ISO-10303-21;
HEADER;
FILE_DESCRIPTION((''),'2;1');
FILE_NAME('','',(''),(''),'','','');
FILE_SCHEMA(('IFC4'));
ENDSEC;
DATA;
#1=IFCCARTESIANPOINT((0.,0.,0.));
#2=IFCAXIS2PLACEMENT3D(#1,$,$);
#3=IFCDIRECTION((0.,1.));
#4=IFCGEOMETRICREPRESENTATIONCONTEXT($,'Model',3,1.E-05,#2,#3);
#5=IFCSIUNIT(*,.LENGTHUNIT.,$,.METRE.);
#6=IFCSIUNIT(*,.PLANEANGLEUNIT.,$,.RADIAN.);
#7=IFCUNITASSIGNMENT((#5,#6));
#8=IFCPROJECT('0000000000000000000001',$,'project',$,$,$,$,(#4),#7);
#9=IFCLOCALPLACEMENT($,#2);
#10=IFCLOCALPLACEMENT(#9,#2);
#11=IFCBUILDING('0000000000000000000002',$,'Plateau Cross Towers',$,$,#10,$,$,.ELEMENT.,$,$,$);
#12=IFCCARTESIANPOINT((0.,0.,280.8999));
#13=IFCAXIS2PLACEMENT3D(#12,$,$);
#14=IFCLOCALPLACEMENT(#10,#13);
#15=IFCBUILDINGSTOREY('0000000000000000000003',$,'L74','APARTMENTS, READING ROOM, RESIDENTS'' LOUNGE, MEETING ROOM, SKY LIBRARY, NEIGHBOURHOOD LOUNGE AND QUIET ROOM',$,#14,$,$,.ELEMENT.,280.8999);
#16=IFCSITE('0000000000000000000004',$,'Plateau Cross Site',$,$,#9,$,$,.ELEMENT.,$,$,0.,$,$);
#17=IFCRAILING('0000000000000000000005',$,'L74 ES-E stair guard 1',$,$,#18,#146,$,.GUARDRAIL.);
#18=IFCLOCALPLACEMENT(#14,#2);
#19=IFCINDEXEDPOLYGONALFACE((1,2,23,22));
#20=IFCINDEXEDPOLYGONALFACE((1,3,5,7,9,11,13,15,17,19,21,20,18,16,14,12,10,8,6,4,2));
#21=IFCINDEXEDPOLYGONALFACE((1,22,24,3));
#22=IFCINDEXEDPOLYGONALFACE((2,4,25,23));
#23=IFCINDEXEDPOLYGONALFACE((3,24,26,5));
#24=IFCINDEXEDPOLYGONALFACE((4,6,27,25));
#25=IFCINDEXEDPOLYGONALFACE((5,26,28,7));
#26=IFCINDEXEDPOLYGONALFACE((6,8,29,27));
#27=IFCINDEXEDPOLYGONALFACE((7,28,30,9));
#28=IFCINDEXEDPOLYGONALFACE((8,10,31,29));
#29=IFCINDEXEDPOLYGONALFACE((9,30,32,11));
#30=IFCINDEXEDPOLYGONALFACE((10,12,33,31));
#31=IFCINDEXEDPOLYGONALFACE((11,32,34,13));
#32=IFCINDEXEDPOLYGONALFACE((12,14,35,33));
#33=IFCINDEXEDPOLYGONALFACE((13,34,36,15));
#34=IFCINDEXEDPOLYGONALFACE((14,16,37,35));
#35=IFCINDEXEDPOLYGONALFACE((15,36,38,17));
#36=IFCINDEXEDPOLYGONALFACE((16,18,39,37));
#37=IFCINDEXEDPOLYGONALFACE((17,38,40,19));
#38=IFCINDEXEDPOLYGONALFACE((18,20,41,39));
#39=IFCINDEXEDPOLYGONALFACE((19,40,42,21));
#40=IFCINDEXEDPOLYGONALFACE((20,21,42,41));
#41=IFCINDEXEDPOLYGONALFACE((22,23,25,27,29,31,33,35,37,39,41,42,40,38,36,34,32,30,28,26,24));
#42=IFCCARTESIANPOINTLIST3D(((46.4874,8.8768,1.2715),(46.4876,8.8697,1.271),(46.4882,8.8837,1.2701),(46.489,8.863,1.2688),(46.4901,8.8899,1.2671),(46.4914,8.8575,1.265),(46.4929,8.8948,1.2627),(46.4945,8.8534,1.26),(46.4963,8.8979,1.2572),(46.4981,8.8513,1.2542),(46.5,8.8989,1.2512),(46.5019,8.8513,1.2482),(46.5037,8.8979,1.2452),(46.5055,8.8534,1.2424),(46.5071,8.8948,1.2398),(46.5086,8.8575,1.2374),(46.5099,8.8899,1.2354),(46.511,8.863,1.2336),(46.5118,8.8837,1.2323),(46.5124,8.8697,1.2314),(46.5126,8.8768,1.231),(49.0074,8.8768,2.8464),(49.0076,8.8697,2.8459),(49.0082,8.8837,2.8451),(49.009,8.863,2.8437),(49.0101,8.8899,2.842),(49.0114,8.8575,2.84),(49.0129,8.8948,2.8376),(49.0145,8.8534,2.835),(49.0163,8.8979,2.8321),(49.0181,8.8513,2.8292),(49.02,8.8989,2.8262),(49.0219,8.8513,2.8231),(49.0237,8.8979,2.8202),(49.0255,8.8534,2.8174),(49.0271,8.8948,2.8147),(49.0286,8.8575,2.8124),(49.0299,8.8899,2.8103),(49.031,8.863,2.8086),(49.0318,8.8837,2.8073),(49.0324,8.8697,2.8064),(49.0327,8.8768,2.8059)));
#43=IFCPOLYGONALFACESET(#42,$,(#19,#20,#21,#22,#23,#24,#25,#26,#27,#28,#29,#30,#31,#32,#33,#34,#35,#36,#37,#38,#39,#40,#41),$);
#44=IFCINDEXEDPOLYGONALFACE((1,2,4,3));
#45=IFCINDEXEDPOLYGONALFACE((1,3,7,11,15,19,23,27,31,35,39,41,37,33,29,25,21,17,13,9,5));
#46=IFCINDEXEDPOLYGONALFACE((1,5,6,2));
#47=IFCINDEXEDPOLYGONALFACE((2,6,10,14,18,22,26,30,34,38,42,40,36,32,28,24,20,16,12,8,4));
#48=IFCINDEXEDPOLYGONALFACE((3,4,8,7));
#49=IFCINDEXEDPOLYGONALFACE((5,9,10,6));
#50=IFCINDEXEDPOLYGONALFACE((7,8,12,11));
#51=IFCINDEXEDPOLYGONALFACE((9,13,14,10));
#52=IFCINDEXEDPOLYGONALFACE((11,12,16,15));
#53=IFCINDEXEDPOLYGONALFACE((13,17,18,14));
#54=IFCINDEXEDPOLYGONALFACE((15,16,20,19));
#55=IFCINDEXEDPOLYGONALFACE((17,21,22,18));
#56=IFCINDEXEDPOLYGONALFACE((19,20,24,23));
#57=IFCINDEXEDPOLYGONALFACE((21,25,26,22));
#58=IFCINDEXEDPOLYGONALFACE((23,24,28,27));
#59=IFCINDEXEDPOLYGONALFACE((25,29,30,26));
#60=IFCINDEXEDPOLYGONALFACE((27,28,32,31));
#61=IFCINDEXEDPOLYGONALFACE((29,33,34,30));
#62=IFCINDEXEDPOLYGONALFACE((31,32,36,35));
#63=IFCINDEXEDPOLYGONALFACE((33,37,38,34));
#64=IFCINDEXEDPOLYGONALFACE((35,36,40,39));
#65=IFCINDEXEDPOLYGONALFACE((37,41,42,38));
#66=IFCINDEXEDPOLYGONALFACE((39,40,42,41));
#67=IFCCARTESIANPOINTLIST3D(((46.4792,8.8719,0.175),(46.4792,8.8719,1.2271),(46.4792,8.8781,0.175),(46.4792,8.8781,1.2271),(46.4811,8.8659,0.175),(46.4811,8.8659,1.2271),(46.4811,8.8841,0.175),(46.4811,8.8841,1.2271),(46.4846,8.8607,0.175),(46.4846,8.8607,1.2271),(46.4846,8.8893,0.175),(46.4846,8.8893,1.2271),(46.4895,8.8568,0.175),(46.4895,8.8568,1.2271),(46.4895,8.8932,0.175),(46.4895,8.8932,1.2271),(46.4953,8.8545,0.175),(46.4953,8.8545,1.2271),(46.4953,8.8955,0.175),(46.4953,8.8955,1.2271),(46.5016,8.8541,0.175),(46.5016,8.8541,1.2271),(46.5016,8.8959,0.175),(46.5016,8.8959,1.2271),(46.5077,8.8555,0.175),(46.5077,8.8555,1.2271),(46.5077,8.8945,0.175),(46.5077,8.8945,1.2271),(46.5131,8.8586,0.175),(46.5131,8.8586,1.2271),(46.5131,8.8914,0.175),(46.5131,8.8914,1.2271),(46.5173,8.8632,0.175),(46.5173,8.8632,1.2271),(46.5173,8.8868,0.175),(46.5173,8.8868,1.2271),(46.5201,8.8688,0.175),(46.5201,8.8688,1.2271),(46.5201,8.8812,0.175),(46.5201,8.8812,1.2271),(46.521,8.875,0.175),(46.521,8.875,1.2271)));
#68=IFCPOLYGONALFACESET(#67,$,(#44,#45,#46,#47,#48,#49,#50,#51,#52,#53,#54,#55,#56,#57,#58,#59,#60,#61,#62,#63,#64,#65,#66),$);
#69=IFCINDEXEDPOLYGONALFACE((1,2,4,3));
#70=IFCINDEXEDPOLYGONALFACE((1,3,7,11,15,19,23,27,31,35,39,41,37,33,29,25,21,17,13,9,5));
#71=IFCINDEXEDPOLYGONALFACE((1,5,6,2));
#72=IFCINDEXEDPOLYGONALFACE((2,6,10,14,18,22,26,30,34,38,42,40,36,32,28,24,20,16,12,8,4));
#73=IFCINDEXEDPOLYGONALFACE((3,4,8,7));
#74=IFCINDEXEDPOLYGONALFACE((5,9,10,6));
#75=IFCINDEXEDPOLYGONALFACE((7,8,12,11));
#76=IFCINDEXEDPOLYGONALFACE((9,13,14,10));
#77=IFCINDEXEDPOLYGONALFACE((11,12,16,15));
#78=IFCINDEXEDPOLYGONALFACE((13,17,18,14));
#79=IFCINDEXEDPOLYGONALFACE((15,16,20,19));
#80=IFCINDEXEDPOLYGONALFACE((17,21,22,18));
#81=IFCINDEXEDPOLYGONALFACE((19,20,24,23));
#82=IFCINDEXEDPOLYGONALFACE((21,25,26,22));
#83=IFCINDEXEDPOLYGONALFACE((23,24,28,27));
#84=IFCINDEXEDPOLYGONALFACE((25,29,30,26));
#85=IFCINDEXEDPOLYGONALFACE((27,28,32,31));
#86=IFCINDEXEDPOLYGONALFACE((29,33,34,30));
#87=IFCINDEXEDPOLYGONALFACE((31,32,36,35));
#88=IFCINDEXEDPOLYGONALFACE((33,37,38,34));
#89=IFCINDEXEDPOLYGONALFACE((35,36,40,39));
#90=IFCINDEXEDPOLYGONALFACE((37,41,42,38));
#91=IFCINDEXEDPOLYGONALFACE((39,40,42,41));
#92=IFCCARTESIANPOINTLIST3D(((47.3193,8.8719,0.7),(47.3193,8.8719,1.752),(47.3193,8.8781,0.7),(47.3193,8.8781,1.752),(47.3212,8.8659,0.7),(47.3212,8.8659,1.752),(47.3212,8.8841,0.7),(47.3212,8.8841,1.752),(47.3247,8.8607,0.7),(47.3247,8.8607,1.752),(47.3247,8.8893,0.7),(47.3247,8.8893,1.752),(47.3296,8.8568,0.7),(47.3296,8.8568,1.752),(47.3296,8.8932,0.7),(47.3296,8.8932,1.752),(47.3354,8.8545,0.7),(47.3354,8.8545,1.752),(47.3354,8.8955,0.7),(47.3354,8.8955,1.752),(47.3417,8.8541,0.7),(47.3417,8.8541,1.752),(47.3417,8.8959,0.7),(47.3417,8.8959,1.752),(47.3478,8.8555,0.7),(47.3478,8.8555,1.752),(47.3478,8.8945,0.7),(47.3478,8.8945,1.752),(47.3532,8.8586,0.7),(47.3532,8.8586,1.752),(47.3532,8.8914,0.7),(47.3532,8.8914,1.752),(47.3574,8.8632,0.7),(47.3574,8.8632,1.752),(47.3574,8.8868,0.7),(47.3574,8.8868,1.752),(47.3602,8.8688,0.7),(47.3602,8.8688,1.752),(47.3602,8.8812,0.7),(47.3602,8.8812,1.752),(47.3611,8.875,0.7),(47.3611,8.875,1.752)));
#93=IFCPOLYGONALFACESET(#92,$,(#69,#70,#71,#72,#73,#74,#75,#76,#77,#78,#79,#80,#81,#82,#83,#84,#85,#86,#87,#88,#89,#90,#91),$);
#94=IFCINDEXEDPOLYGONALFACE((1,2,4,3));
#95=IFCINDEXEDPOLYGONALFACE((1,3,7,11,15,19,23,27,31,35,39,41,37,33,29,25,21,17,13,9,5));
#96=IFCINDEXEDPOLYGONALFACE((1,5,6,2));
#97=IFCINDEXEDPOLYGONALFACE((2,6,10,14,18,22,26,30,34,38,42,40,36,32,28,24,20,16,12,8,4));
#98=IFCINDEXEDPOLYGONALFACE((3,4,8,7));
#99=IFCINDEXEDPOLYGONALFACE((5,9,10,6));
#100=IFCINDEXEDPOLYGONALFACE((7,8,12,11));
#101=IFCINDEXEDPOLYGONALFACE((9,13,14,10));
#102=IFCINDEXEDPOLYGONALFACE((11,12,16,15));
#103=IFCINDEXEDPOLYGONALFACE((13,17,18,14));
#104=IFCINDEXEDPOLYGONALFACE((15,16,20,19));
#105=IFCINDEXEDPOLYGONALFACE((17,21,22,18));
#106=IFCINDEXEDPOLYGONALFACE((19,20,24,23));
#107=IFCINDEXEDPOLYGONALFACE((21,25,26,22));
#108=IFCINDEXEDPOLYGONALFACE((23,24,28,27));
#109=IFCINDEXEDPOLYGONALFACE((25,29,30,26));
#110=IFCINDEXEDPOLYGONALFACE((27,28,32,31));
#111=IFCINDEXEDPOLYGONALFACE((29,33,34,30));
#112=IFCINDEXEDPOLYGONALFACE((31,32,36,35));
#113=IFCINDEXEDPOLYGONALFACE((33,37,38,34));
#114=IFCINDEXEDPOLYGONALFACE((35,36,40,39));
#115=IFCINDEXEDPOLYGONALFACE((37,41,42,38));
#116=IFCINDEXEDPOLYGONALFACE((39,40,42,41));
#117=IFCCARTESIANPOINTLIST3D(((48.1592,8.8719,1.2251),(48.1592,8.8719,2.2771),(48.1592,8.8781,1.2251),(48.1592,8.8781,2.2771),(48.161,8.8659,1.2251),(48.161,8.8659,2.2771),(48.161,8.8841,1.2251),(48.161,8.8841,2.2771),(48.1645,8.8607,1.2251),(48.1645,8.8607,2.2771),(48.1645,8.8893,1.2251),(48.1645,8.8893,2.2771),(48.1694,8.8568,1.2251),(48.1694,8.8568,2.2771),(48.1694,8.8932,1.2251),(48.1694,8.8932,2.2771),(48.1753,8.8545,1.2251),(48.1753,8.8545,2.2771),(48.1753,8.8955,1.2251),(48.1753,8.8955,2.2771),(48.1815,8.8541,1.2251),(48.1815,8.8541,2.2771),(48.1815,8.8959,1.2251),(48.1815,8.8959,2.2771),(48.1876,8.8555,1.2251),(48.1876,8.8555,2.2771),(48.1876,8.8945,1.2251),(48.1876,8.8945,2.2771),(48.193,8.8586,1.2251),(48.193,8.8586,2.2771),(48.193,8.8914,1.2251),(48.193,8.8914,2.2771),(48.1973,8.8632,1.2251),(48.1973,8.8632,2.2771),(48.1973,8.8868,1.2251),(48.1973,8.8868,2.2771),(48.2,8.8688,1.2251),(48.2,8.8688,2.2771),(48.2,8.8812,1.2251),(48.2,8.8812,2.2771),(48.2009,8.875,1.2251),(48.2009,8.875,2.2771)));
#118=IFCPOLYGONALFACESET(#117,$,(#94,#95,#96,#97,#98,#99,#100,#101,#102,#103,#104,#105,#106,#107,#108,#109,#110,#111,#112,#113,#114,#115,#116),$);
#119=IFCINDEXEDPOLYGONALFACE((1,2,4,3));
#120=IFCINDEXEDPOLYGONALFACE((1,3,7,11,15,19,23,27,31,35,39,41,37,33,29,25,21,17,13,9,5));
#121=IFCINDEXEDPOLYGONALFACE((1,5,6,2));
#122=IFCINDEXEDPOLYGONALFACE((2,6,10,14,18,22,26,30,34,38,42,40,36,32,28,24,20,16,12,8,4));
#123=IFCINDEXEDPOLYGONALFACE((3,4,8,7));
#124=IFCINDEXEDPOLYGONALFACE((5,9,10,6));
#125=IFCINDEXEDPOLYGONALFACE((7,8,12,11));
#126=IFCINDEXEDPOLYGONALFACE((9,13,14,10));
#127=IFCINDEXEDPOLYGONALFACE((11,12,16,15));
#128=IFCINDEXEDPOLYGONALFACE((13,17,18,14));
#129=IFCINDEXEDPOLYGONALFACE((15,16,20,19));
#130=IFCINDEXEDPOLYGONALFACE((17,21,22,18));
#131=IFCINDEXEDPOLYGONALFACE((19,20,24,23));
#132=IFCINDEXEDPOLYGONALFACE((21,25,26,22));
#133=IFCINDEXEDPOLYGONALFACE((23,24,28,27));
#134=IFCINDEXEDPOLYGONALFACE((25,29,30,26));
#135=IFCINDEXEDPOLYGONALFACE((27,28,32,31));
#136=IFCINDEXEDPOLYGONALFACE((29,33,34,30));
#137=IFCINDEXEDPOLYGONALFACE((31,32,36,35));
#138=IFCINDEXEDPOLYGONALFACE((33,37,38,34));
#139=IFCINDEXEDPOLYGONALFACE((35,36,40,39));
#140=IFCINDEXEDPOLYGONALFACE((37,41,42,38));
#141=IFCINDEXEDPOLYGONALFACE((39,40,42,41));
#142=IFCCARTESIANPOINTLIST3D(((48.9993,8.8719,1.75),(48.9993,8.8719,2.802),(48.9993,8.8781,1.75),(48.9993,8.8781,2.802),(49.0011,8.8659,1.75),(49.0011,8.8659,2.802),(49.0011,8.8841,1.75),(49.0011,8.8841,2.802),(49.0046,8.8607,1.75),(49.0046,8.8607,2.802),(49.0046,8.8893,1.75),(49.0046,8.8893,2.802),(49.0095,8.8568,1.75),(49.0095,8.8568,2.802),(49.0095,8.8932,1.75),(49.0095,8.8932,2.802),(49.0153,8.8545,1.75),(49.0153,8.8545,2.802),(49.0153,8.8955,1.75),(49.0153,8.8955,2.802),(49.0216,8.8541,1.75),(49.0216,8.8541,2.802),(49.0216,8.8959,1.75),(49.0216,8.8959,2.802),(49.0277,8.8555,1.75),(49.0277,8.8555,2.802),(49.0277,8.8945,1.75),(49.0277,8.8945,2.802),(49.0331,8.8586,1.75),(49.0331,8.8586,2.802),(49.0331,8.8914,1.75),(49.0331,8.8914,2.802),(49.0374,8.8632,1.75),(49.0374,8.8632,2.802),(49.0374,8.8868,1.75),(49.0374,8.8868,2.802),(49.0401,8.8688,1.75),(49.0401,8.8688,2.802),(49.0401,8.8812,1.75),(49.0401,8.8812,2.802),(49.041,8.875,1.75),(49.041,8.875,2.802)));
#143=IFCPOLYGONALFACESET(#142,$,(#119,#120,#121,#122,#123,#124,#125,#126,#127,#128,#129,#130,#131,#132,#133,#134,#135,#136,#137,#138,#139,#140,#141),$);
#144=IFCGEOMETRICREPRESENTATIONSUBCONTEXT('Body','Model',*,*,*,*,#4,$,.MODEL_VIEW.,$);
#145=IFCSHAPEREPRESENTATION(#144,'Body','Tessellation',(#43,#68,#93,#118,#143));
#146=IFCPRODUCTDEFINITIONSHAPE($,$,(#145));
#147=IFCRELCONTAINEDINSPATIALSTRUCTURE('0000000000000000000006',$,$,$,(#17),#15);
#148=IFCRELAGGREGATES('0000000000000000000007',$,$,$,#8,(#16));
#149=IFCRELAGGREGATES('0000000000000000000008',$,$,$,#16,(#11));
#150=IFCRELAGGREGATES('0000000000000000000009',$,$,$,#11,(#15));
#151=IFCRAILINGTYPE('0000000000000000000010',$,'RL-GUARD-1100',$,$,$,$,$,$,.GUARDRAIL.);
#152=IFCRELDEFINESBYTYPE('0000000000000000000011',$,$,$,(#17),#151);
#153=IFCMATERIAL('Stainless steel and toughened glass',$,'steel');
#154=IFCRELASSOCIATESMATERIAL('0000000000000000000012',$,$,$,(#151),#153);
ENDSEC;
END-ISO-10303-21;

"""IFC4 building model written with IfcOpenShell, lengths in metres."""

from ifc_helpers import new_model, si_unit, direction, frame, origin, origin_2d, place, context, subcontext, project, spatial, circle, extrude, material, type_object, element, save


model = new_model("IFC4")

# Units and contexts
model_context = context("Model", 3, precision=1e-05, world=origin(), true_north=direction((0.0, 1.0)))
body_context = subcontext(model_context, "Body", "Model", "MODEL_VIEW")
ifc_project = project(units=[si_unit("LENGTHUNIT", "METRE"), si_unit("PLANEANGLEUNIT", "RADIAN")], contexts=[model_context])

# Site, building, storey
site_placement = place(None, origin())
site = spatial("IfcSite", under=ifc_project, at=site_placement, Name="Plateau Cross Site", CompositionType="ELEMENT", RefElevation=0.0)
building_placement = place(site_placement, origin())
building = spatial("IfcBuilding", under=site, at=building_placement, Name="Plateau Cross Towers", CompositionType="ELEMENT")
storey_placement = place(building_placement, frame((0.0, 0.0, 280.8999)))
storey = spatial("IfcBuildingStorey", under=building, at=storey_placement, Name="L74", Description="APARTMENTS, READING ROOM, RESIDENTS' LOUNGE, MEETING ROOM, SKY LIBRARY, NEIGHBOURHOOD LOUNGE AND QUIET ROOM", CompositionType="ELEMENT", Elevation=280.8999)

# Railing
ifc_material_1 = material(Name="Stainless steel and toughened glass", Category="steel")
railing_type_1 = type_object("IfcRailingType", Name="RL-GUARD-1100", PredefinedType="GUARDRAIL", material=ifc_material_1)
railing_1_placement = place(storey_placement, frame((46.5, 8.875, 0.175)))
element("IfcRailing", 1, at=railing_1_placement, inside=storey, type_object=railing_type_1, Name="L74 ES-E stair guard 1", PredefinedType="GUARDRAIL", context=body_context, shape_type="SweptSolid", body=[
    extrude(circle(Radius=0.0239, at=origin_2d()), frame((0.0, 0.0, 1.0762), z_axis=(0.848008, 0.0, 0.529984), x_axis=(0.0, 1.0, 0.0)), (0.0, 0.0, 1.0), 2.9717),
    extrude(circle(Radius=0.021, at=origin_2d()), origin(), (0.0, 0.0, 1.0), 1.052),
    extrude(circle(Radius=0.021, at=origin_2d()), frame((0.8401, 0.0, 0.5249)), (0.0, 0.0, 1.0), 1.052),
    extrude(circle(Radius=0.021, at=origin_2d()), frame((1.6799, 0.0, 1.05)), (0.0, 0.0, 1.0), 1.052),
    extrude(circle(Radius=0.021, at=origin_2d()), frame((2.52, 0.0, 1.575)), (0.0, 0.0, 1.0), 1.052),
])

save(model, "model.ifc")
